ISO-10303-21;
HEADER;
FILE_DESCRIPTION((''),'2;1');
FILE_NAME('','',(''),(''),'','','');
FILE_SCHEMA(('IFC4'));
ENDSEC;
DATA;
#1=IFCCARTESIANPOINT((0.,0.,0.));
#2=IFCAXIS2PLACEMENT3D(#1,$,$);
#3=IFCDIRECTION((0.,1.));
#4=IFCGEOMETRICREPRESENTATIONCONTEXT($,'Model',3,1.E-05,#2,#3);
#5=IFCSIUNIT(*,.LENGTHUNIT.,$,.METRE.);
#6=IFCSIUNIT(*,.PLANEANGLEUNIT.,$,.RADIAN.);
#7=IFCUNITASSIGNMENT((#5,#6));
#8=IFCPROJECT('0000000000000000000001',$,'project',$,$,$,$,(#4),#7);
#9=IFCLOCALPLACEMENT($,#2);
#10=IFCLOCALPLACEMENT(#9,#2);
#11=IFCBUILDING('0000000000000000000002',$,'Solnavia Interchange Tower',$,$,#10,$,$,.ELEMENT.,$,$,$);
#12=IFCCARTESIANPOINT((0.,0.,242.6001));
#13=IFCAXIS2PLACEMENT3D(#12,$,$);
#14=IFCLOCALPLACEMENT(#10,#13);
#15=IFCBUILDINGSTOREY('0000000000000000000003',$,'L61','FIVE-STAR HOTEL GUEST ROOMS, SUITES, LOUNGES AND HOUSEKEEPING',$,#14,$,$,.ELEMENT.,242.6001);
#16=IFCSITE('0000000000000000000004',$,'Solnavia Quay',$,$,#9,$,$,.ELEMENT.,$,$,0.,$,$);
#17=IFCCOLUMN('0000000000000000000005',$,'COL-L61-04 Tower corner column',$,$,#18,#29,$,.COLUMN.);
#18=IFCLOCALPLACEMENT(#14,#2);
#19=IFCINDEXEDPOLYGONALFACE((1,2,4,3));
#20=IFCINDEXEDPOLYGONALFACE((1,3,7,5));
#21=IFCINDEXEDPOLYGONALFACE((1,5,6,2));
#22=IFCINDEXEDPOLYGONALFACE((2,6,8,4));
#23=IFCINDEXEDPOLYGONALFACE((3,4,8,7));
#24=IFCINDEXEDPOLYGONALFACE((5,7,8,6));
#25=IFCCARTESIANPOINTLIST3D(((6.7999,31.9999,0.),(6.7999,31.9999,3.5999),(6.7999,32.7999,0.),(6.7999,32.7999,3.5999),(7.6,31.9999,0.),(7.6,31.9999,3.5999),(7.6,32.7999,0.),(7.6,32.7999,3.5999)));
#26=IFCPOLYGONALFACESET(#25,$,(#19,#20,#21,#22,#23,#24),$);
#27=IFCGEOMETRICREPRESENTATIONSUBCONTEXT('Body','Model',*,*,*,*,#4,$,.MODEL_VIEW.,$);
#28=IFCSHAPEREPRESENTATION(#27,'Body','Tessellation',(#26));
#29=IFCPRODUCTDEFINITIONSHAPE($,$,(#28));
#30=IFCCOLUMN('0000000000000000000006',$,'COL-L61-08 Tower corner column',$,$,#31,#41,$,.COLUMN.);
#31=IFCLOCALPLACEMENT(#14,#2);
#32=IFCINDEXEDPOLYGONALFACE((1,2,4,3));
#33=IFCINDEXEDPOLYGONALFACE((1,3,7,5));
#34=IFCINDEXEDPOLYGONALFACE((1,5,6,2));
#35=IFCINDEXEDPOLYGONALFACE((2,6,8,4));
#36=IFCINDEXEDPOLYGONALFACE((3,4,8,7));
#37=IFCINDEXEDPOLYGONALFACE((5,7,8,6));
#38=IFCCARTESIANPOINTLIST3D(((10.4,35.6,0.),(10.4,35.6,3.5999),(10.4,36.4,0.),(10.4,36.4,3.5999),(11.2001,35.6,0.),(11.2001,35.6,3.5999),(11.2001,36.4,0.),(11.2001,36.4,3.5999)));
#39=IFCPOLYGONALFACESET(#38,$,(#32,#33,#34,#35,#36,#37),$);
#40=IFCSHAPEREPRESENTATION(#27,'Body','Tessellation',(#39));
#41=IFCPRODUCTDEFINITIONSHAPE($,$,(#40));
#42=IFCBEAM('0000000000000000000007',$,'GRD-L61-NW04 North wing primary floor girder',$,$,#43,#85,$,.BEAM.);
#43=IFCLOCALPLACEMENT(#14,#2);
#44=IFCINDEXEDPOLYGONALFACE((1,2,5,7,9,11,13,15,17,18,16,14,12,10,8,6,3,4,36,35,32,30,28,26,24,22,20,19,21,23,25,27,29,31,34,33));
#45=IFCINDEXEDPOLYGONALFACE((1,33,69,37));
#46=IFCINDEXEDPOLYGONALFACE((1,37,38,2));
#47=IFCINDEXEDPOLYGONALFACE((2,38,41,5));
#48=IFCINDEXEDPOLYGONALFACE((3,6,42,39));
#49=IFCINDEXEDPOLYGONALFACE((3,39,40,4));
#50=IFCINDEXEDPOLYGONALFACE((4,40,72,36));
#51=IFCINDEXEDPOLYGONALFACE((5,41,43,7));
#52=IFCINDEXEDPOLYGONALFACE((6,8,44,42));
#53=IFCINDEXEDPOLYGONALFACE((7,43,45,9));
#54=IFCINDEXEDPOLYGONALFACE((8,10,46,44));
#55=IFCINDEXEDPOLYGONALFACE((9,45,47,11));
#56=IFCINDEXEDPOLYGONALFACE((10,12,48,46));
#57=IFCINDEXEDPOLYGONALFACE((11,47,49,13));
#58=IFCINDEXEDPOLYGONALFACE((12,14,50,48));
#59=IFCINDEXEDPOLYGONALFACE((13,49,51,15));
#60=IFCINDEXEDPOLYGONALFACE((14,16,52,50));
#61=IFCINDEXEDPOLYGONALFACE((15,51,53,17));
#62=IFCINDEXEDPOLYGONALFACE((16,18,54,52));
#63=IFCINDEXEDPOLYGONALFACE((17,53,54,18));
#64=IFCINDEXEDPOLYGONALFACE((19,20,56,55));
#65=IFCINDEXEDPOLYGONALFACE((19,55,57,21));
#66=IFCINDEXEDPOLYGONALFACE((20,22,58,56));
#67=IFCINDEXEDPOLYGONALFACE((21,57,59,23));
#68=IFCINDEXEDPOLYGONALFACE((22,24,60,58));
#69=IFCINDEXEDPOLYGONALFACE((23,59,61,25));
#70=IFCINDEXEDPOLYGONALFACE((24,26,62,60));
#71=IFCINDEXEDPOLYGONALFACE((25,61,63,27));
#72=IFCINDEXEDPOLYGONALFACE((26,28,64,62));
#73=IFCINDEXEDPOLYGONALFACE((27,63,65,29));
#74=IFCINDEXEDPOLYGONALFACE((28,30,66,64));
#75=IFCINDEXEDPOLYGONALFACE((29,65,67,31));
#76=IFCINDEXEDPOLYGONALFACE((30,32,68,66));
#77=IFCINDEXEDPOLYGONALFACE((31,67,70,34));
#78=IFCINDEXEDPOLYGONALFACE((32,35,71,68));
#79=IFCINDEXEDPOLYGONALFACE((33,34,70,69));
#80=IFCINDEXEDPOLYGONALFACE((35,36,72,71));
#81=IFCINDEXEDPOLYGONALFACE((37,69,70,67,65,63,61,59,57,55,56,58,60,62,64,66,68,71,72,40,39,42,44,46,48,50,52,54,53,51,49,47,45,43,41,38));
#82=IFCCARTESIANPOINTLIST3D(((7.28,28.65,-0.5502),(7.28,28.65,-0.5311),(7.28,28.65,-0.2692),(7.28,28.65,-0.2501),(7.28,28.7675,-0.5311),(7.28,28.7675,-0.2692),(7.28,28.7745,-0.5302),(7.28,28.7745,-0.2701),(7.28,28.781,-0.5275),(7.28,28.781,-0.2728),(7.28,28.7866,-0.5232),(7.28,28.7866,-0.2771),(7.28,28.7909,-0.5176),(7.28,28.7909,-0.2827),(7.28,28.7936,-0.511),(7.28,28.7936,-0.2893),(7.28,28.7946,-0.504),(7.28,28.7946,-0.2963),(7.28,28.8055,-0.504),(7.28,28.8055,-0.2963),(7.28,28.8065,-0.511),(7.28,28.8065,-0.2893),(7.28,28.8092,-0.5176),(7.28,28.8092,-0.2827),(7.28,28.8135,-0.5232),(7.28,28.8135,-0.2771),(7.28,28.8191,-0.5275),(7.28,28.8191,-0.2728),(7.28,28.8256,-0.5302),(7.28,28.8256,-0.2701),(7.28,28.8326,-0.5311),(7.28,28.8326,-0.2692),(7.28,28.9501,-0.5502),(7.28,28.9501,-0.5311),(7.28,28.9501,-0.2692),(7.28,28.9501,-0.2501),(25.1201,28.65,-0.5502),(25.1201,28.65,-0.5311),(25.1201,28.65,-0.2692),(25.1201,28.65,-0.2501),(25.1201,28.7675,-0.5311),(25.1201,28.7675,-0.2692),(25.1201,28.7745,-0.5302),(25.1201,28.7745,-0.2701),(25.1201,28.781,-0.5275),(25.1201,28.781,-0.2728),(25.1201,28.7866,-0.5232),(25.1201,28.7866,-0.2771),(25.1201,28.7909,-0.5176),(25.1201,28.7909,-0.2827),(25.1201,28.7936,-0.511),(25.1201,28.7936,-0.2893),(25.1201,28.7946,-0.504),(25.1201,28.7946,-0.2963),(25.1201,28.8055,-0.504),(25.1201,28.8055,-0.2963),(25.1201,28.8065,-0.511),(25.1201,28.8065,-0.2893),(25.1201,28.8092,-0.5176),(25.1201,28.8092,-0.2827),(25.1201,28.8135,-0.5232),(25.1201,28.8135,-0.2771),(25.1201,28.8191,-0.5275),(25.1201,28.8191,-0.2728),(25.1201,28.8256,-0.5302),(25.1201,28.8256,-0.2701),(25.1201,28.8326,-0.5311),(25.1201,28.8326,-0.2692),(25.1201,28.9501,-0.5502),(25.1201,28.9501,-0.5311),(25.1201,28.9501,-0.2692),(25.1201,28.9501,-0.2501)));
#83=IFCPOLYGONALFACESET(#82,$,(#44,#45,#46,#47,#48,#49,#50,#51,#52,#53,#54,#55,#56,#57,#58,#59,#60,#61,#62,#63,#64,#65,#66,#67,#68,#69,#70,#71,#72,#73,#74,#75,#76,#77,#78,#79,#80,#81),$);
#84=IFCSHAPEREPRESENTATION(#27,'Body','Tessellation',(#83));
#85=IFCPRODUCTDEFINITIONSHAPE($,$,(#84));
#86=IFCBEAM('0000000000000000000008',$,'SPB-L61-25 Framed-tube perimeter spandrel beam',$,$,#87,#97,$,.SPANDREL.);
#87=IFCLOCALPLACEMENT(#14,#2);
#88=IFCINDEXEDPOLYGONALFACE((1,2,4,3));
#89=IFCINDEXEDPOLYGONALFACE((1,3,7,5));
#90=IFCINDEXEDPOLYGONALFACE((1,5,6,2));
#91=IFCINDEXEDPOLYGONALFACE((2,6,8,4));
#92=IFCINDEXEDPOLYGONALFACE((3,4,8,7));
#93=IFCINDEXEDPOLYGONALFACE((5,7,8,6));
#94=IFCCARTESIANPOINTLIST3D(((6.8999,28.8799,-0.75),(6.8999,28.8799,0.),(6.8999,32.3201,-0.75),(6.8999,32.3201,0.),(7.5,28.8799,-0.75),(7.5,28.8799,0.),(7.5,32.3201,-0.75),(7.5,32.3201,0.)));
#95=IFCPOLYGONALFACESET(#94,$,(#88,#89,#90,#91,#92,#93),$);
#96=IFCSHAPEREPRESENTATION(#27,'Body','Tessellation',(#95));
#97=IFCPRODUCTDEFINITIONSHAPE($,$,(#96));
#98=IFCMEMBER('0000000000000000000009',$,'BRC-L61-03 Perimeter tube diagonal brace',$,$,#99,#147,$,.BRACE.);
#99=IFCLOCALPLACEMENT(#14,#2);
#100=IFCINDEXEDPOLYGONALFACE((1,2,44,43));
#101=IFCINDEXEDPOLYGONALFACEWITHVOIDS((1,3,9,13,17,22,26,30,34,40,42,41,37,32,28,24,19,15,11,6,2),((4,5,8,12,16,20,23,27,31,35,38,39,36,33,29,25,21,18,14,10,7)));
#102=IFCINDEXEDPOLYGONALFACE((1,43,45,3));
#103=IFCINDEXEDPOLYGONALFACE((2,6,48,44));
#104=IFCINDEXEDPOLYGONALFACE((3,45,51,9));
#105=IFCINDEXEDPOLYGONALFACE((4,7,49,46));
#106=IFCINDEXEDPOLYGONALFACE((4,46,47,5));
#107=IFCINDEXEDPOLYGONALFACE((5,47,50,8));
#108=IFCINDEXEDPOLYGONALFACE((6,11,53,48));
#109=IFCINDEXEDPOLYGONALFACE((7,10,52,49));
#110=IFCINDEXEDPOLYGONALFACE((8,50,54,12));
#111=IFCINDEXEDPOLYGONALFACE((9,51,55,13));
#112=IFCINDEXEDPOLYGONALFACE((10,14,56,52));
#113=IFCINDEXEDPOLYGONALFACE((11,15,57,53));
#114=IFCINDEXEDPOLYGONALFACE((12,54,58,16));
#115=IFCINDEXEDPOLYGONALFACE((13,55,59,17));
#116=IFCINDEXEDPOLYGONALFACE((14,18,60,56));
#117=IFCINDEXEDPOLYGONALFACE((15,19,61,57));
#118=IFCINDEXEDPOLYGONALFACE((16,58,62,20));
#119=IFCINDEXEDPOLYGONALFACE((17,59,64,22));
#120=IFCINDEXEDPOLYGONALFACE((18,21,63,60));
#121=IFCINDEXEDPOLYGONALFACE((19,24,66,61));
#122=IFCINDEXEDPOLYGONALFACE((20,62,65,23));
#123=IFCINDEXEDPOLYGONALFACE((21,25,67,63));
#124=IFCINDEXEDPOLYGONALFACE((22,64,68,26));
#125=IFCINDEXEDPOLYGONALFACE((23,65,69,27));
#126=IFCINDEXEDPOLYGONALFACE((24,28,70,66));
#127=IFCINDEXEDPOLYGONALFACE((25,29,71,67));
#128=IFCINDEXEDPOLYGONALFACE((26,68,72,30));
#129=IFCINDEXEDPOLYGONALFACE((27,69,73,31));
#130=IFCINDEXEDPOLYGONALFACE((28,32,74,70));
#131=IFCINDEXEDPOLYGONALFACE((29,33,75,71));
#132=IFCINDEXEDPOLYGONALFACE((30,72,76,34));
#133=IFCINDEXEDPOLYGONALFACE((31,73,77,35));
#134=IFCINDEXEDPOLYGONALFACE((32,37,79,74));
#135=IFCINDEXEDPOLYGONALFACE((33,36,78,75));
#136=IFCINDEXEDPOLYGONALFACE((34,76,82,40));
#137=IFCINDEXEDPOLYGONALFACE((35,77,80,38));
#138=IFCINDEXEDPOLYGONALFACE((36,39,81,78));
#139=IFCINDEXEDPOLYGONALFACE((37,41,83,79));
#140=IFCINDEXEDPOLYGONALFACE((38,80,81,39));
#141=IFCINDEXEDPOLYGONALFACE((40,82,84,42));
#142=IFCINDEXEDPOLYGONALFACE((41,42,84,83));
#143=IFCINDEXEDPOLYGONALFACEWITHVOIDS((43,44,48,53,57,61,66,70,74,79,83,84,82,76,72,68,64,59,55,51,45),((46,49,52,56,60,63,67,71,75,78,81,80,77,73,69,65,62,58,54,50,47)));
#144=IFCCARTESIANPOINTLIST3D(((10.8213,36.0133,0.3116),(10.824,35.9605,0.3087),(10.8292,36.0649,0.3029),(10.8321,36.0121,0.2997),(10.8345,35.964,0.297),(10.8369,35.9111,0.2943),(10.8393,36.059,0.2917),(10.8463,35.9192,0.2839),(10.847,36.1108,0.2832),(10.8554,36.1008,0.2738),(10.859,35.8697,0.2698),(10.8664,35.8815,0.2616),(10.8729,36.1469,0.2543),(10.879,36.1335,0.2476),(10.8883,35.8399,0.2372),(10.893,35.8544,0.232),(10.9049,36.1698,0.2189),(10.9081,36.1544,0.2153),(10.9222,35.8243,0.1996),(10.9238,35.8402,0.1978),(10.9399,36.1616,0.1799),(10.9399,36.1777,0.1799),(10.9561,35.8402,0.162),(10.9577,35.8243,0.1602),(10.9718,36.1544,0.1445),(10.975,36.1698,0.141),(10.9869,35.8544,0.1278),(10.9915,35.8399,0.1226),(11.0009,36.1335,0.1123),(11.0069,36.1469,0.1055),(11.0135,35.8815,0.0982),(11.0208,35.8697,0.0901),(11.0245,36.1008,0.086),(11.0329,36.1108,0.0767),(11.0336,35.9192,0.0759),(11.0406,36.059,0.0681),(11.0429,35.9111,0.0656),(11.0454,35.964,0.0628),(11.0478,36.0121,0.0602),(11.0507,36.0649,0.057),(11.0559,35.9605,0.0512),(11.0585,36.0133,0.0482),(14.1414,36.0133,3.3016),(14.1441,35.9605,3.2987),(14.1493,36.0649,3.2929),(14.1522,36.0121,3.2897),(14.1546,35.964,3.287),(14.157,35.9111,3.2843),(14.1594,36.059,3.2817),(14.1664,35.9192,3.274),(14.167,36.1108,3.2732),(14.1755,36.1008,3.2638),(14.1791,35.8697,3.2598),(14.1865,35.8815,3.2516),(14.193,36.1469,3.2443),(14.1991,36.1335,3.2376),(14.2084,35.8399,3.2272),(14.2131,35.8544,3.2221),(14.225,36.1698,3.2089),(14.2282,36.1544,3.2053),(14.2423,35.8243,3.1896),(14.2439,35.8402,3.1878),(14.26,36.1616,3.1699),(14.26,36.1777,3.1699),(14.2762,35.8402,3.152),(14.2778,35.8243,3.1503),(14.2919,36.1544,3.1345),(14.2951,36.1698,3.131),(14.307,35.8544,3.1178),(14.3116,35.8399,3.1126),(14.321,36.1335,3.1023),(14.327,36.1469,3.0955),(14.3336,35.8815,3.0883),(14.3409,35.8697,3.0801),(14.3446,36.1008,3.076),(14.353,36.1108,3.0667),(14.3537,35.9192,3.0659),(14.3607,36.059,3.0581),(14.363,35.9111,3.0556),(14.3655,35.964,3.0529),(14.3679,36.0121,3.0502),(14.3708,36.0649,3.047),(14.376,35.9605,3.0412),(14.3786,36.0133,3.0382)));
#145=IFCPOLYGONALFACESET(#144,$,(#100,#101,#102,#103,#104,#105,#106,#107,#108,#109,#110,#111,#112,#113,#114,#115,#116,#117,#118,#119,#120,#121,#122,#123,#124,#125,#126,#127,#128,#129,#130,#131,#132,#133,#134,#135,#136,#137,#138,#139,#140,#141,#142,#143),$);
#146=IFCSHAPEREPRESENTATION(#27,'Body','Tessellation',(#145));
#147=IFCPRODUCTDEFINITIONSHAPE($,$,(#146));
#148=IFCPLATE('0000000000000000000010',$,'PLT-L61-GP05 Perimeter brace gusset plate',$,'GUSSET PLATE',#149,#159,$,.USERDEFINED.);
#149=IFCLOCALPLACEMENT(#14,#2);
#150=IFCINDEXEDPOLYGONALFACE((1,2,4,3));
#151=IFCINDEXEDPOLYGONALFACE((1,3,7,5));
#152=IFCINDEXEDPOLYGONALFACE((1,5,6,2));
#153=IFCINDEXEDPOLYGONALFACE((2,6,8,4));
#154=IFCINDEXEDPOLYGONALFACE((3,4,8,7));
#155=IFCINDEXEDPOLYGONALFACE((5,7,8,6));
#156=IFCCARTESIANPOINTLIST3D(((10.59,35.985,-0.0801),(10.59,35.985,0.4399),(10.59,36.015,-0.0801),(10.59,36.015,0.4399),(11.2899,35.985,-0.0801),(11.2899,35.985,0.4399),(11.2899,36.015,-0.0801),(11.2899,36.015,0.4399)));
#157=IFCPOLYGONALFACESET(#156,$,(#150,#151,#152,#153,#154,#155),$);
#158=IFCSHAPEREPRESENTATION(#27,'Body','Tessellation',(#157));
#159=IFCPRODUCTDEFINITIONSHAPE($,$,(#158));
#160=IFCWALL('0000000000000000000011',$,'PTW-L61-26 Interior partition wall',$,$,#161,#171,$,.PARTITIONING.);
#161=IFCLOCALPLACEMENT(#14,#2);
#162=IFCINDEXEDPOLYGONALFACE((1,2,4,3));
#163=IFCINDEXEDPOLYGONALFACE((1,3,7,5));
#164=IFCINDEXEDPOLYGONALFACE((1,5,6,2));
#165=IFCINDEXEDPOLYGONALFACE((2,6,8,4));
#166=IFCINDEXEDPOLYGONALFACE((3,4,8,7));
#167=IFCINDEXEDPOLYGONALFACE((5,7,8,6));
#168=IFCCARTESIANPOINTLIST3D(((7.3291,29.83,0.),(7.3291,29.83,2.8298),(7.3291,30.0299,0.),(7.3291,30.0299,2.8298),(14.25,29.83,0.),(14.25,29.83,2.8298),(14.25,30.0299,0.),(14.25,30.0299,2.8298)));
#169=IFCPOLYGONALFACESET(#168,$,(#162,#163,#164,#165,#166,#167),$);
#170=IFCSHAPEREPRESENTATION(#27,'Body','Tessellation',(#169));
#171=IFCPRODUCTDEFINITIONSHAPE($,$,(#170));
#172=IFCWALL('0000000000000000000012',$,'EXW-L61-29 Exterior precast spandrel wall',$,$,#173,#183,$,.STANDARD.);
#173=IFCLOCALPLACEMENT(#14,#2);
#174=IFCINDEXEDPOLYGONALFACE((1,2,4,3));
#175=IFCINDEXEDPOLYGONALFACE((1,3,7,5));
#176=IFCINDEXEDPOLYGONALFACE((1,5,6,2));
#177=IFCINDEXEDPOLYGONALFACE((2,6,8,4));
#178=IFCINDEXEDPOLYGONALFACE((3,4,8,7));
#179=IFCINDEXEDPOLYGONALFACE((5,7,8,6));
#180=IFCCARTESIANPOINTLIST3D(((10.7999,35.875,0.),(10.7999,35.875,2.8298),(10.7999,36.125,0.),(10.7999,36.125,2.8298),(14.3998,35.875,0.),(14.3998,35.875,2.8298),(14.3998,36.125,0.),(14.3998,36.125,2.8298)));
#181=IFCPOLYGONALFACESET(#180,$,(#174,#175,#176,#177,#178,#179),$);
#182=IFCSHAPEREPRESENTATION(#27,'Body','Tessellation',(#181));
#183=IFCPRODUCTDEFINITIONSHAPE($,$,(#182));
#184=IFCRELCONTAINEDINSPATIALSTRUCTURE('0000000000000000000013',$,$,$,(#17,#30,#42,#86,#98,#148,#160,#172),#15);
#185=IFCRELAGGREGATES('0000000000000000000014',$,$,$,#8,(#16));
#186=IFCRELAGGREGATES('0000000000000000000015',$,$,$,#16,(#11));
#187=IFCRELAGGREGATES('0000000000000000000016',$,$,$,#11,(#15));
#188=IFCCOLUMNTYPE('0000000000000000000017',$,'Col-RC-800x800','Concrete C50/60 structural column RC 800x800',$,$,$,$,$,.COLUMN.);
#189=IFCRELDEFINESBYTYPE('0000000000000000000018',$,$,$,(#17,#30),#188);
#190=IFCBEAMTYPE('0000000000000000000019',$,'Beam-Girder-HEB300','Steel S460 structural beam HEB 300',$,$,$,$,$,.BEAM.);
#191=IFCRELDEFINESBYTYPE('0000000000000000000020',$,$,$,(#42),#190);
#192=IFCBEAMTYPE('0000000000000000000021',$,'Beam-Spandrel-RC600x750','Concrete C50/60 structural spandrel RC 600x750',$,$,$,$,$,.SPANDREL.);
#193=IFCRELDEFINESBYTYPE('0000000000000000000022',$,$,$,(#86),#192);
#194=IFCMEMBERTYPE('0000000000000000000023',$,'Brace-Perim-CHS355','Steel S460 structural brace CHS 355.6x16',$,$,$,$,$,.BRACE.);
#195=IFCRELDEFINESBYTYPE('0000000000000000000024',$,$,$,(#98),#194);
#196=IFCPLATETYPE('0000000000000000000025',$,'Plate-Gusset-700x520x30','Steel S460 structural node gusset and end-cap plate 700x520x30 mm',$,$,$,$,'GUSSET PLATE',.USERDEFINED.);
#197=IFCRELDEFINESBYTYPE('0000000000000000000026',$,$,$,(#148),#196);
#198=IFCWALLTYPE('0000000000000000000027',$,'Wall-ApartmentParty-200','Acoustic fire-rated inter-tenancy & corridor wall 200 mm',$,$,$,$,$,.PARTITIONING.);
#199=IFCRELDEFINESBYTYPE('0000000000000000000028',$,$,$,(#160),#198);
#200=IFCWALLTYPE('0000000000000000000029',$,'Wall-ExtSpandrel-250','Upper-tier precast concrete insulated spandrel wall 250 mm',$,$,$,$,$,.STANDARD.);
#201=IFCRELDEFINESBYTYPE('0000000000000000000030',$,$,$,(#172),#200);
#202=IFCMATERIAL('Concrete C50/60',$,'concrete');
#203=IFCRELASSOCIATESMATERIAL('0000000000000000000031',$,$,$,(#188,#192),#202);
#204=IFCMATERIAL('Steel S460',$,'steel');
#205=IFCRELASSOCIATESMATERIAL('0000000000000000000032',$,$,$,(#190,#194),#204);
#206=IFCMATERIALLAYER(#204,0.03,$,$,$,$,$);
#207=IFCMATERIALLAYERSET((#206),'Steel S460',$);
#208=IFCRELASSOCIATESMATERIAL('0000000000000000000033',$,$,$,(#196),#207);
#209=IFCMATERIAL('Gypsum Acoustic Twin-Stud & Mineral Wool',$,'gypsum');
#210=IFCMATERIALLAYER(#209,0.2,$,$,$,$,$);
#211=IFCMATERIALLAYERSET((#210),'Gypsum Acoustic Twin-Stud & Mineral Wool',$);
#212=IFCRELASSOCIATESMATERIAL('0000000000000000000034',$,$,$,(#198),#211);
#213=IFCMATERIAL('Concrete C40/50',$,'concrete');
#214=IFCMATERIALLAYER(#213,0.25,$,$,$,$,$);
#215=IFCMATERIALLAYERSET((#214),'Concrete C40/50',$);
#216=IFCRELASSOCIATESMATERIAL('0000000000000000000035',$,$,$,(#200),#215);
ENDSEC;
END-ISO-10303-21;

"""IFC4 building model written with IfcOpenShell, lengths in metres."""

from ifc_helpers import new_model, si_unit, direction, frame, frame_2d, origin, origin_2d, place, context, subcontext, project, spatial, rectangle, hollow_circle, i_section, extrude, material, layer, layer_set, material_profile, profile_set, type_object, element, save


model = new_model("IFC4")

# Units and contexts
model_context = context("Model", 3, precision=1e-05, world=origin(), true_north=direction((0.0, 1.0)))
body_context = subcontext(model_context, "Body", "Model", "MODEL_VIEW")
ifc_project = project(units=[si_unit("LENGTHUNIT", "METRE"), si_unit("PLANEANGLEUNIT", "RADIAN")], contexts=[model_context])

# Site, building, storey
site_placement = place(None, origin())
site = spatial("IfcSite", under=ifc_project, at=site_placement, Name="Solnavia Quay", CompositionType="ELEMENT", RefElevation=0.0)
building_placement = place(site_placement, origin())
building = spatial("IfcBuilding", under=site, at=building_placement, Name="Solnavia Interchange Tower", CompositionType="ELEMENT")
storey_placement = place(building_placement, frame((0.0, 0.0, 242.6001)))
storey = spatial("IfcBuildingStorey", under=building, at=storey_placement, Name="L61", Description="FIVE-STAR HOTEL GUEST ROOMS, SUITES, LOUNGES AND HOUSEKEEPING", CompositionType="ELEMENT", Elevation=242.6001)

# Columns
ifc_material_1 = material(Name="Concrete C50/60", Category="concrete")
ifc_material_profile_1 = material_profile(ifc_material_1, rectangle(XDim=0.8, YDim=0.8, at=origin_2d()), Name="RC 800x800")
ifc_profile_set_1 = profile_set([ifc_material_profile_1], Name="Concrete C50/60")
column_type = type_object("IfcColumnType", Name="Col-RC-800x800", Description="Concrete C50/60 structural column RC 800x800", PredefinedType="COLUMN", material=ifc_profile_set_1)
for number, where, z_axis, x_axis, name in (
    (1, (7.2, 32.3999, 0.0), (0.0, 0.0, 1.0), (0.0, 1.0, 0.0), "COL-L61-04 Tower corner column"),
    (2, (10.8, 36.0, 0.0), (0.0, 0.0, 1.0), (1.0, 0.0, 0.0), "COL-L61-08 Tower corner column"),
):
    element("IfcColumn", number, at=place(storey_placement, frame(where, z_axis=z_axis, x_axis=x_axis)), inside=storey, type_object=column_type, Name=name, PredefinedType="COLUMN", context=body_context, shape_type="SweptSolid", body=[
        extrude(rectangle(XDim=0.8, YDim=0.8, at=origin_2d()), origin(), (0.0, 0.0, 1.0), 3.5999),
    ])

# Beams
ifc_material_2 = material(Name="Steel S460", Category="steel")
ifc_material_profile_2 = material_profile(ifc_material_2, i_section(OverallWidth=0.3, OverallDepth=0.3, WebThickness=0.011, FlangeThickness=0.019, FilletRadius=0.0271, at=origin_2d()), Name="HEB 300")
ifc_profile_set_2 = profile_set([ifc_material_profile_2], Name="Steel S460")
beam_type_1 = type_object("IfcBeamType", Name="Beam-Girder-HEB300", Description="Steel S460 structural beam HEB 300", PredefinedType="BEAM", material=ifc_profile_set_2)
beam_1_placement = place(storey_placement, frame((7.28, 28.8, -0.4001), z_axis=(1.0, 0.0, 0.0), x_axis=(0.0, 1.0, 0.0)))
element("IfcBeam", 3, at=beam_1_placement, inside=storey, type_object=beam_type_1, Name="GRD-L61-NW04 North wing primary floor girder", PredefinedType="BEAM", context=body_context, shape_type="SweptSolid", body=[
    extrude(i_section(OverallWidth=0.3, OverallDepth=0.3, WebThickness=0.011, FlangeThickness=0.019, FilletRadius=0.0271, at=origin_2d()), origin(), (0.0, 0.0, 1.0), 17.8401),
])
ifc_material_profile_3 = material_profile(ifc_material_1, rectangle(XDim=0.6001, YDim=0.75, at=origin_2d()), Name="RC 600x750")
ifc_profile_set_3 = profile_set([ifc_material_profile_3], Name="Concrete C50/60")
beam_type_2 = type_object("IfcBeamType", Name="Beam-Spandrel-RC600x750", Description="Concrete C50/60 structural spandrel RC 600x750", PredefinedType="SPANDREL", material=ifc_profile_set_3)
beam_2_placement = place(storey_placement, frame((7.2, 32.3201, -0.375), z_axis=(0.0, -1.0, 0.0), x_axis=(1.0, 0.0, 0.0)))
element("IfcBeam", 4, at=beam_2_placement, inside=storey, type_object=beam_type_2, Name="SPB-L61-25 Framed-tube perimeter spandrel beam", PredefinedType="SPANDREL", context=body_context, shape_type="SweptSolid", body=[
    extrude(rectangle(XDim=0.6001, YDim=0.75, at=origin_2d()), origin(), (0.0, 0.0, 1.0), 3.4402),
])

# Member
ifc_material_profile_4 = material_profile(ifc_material_2, hollow_circle(Radius=0.1777, WallThickness=0.0161, at=origin_2d()), Name="CHS 355.6x16")
ifc_profile_set_4 = profile_set([ifc_material_profile_4], Name="Steel S460")
member_type = type_object("IfcMemberType", Name="Brace-Perim-CHS355", Description="Steel S460 structural brace CHS 355.6x16", PredefinedType="BRACE", material=ifc_profile_set_4)
member_placement = place(storey_placement, frame((10.9399, 36.0, 0.1799), z_axis=(0.743079, 0.0, 0.669203), x_axis=(0.0, 1.0, 0.0)))
element("IfcMember", 5, at=member_placement, inside=storey, type_object=member_type, Name="BRC-L61-03 Perimeter tube diagonal brace", PredefinedType="BRACE", context=body_context, shape_type="SweptSolid", body=[
    extrude(hollow_circle(Radius=0.1777, WallThickness=0.0161, at=origin_2d()), origin(), (0.0, 0.0, 1.0), 4.468),
])

# Plate
ifc_layer_1 = layer(ifc_material_2, 0.03)
ifc_layer_set_1 = layer_set([ifc_layer_1], Name="Steel S460")
plate_type = type_object("IfcPlateType", Name="Plate-Gusset-700x520x30", Description="Steel S460 structural node gusset and end-cap plate 700x520x30 mm", ElementType="GUSSET PLATE", PredefinedType="USERDEFINED", material=ifc_layer_set_1)
plate_placement = place(storey_placement, frame((10.9399, 36.0, -0.0801), z_axis=(0.0, 0.0, 1.0), x_axis=(1.0, 0.0, 0.0)))
element("IfcPlate", 6, at=plate_placement, inside=storey, type_object=plate_type, Name="PLT-L61-GP05 Perimeter brace gusset plate", ObjectType="GUSSET PLATE", PredefinedType="USERDEFINED", context=body_context, shape_type="SweptSolid", body=[
    extrude(rectangle(XDim=0.7, YDim=0.03, at=origin_2d()), origin(), (0.0, 0.0, 1.0), 0.52),
])

# Walls
ifc_material_3 = material(Name="Gypsum Acoustic Twin-Stud & Mineral Wool", Category="gypsum")
ifc_layer_2 = layer(ifc_material_3, 0.2)
ifc_layer_set_2 = layer_set([ifc_layer_2], Name="Gypsum Acoustic Twin-Stud & Mineral Wool")
wall_type_1 = type_object("IfcWallType", Name="Wall-ApartmentParty-200", Description="Acoustic fire-rated inter-tenancy & corridor wall 200 mm", PredefinedType="PARTITIONING", material=ifc_layer_set_2)
wall_1_placement = place(storey_placement, frame((7.3291, 29.9299, 0.0), z_axis=(0.0, 0.0, 1.0), x_axis=(1.0, 0.0, 0.0)))
element("IfcWall", 7, at=wall_1_placement, inside=storey, type_object=wall_type_1, Name="PTW-L61-26 Interior partition wall", PredefinedType="PARTITIONING", context=body_context, shape_type="SweptSolid", body=[
    extrude(rectangle(XDim=6.9209, YDim=0.2, at=frame_2d((3.4604, 0.0))), origin(), (0.0, 0.0, 1.0), 2.8298),
])
ifc_material_4 = material(Name="Concrete C40/50", Category="concrete")
ifc_layer_3 = layer(ifc_material_4, 0.25)
ifc_layer_set_3 = layer_set([ifc_layer_3], Name="Concrete C40/50")
wall_type_2 = type_object("IfcWallType", Name="Wall-ExtSpandrel-250", Description="Upper-tier precast concrete insulated spandrel wall 250 mm", PredefinedType="STANDARD", material=ifc_layer_set_3)
wall_2_placement = place(storey_placement, frame((10.8, 36.0, 0.0), z_axis=(0.0, 0.0, 1.0), x_axis=(1.0, 0.0, 0.0)))
element("IfcWall", 8, at=wall_2_placement, inside=storey, type_object=wall_type_2, Name="EXW-L61-29 Exterior precast spandrel wall", PredefinedType="STANDARD", context=body_context, shape_type="SweptSolid", body=[
    extrude(rectangle(XDim=3.5999, YDim=0.25, at=frame_2d((1.7998, 0.0))), origin(), (0.0, 0.0, 1.0), 2.8298),
])

save(model, "model.ifc")
